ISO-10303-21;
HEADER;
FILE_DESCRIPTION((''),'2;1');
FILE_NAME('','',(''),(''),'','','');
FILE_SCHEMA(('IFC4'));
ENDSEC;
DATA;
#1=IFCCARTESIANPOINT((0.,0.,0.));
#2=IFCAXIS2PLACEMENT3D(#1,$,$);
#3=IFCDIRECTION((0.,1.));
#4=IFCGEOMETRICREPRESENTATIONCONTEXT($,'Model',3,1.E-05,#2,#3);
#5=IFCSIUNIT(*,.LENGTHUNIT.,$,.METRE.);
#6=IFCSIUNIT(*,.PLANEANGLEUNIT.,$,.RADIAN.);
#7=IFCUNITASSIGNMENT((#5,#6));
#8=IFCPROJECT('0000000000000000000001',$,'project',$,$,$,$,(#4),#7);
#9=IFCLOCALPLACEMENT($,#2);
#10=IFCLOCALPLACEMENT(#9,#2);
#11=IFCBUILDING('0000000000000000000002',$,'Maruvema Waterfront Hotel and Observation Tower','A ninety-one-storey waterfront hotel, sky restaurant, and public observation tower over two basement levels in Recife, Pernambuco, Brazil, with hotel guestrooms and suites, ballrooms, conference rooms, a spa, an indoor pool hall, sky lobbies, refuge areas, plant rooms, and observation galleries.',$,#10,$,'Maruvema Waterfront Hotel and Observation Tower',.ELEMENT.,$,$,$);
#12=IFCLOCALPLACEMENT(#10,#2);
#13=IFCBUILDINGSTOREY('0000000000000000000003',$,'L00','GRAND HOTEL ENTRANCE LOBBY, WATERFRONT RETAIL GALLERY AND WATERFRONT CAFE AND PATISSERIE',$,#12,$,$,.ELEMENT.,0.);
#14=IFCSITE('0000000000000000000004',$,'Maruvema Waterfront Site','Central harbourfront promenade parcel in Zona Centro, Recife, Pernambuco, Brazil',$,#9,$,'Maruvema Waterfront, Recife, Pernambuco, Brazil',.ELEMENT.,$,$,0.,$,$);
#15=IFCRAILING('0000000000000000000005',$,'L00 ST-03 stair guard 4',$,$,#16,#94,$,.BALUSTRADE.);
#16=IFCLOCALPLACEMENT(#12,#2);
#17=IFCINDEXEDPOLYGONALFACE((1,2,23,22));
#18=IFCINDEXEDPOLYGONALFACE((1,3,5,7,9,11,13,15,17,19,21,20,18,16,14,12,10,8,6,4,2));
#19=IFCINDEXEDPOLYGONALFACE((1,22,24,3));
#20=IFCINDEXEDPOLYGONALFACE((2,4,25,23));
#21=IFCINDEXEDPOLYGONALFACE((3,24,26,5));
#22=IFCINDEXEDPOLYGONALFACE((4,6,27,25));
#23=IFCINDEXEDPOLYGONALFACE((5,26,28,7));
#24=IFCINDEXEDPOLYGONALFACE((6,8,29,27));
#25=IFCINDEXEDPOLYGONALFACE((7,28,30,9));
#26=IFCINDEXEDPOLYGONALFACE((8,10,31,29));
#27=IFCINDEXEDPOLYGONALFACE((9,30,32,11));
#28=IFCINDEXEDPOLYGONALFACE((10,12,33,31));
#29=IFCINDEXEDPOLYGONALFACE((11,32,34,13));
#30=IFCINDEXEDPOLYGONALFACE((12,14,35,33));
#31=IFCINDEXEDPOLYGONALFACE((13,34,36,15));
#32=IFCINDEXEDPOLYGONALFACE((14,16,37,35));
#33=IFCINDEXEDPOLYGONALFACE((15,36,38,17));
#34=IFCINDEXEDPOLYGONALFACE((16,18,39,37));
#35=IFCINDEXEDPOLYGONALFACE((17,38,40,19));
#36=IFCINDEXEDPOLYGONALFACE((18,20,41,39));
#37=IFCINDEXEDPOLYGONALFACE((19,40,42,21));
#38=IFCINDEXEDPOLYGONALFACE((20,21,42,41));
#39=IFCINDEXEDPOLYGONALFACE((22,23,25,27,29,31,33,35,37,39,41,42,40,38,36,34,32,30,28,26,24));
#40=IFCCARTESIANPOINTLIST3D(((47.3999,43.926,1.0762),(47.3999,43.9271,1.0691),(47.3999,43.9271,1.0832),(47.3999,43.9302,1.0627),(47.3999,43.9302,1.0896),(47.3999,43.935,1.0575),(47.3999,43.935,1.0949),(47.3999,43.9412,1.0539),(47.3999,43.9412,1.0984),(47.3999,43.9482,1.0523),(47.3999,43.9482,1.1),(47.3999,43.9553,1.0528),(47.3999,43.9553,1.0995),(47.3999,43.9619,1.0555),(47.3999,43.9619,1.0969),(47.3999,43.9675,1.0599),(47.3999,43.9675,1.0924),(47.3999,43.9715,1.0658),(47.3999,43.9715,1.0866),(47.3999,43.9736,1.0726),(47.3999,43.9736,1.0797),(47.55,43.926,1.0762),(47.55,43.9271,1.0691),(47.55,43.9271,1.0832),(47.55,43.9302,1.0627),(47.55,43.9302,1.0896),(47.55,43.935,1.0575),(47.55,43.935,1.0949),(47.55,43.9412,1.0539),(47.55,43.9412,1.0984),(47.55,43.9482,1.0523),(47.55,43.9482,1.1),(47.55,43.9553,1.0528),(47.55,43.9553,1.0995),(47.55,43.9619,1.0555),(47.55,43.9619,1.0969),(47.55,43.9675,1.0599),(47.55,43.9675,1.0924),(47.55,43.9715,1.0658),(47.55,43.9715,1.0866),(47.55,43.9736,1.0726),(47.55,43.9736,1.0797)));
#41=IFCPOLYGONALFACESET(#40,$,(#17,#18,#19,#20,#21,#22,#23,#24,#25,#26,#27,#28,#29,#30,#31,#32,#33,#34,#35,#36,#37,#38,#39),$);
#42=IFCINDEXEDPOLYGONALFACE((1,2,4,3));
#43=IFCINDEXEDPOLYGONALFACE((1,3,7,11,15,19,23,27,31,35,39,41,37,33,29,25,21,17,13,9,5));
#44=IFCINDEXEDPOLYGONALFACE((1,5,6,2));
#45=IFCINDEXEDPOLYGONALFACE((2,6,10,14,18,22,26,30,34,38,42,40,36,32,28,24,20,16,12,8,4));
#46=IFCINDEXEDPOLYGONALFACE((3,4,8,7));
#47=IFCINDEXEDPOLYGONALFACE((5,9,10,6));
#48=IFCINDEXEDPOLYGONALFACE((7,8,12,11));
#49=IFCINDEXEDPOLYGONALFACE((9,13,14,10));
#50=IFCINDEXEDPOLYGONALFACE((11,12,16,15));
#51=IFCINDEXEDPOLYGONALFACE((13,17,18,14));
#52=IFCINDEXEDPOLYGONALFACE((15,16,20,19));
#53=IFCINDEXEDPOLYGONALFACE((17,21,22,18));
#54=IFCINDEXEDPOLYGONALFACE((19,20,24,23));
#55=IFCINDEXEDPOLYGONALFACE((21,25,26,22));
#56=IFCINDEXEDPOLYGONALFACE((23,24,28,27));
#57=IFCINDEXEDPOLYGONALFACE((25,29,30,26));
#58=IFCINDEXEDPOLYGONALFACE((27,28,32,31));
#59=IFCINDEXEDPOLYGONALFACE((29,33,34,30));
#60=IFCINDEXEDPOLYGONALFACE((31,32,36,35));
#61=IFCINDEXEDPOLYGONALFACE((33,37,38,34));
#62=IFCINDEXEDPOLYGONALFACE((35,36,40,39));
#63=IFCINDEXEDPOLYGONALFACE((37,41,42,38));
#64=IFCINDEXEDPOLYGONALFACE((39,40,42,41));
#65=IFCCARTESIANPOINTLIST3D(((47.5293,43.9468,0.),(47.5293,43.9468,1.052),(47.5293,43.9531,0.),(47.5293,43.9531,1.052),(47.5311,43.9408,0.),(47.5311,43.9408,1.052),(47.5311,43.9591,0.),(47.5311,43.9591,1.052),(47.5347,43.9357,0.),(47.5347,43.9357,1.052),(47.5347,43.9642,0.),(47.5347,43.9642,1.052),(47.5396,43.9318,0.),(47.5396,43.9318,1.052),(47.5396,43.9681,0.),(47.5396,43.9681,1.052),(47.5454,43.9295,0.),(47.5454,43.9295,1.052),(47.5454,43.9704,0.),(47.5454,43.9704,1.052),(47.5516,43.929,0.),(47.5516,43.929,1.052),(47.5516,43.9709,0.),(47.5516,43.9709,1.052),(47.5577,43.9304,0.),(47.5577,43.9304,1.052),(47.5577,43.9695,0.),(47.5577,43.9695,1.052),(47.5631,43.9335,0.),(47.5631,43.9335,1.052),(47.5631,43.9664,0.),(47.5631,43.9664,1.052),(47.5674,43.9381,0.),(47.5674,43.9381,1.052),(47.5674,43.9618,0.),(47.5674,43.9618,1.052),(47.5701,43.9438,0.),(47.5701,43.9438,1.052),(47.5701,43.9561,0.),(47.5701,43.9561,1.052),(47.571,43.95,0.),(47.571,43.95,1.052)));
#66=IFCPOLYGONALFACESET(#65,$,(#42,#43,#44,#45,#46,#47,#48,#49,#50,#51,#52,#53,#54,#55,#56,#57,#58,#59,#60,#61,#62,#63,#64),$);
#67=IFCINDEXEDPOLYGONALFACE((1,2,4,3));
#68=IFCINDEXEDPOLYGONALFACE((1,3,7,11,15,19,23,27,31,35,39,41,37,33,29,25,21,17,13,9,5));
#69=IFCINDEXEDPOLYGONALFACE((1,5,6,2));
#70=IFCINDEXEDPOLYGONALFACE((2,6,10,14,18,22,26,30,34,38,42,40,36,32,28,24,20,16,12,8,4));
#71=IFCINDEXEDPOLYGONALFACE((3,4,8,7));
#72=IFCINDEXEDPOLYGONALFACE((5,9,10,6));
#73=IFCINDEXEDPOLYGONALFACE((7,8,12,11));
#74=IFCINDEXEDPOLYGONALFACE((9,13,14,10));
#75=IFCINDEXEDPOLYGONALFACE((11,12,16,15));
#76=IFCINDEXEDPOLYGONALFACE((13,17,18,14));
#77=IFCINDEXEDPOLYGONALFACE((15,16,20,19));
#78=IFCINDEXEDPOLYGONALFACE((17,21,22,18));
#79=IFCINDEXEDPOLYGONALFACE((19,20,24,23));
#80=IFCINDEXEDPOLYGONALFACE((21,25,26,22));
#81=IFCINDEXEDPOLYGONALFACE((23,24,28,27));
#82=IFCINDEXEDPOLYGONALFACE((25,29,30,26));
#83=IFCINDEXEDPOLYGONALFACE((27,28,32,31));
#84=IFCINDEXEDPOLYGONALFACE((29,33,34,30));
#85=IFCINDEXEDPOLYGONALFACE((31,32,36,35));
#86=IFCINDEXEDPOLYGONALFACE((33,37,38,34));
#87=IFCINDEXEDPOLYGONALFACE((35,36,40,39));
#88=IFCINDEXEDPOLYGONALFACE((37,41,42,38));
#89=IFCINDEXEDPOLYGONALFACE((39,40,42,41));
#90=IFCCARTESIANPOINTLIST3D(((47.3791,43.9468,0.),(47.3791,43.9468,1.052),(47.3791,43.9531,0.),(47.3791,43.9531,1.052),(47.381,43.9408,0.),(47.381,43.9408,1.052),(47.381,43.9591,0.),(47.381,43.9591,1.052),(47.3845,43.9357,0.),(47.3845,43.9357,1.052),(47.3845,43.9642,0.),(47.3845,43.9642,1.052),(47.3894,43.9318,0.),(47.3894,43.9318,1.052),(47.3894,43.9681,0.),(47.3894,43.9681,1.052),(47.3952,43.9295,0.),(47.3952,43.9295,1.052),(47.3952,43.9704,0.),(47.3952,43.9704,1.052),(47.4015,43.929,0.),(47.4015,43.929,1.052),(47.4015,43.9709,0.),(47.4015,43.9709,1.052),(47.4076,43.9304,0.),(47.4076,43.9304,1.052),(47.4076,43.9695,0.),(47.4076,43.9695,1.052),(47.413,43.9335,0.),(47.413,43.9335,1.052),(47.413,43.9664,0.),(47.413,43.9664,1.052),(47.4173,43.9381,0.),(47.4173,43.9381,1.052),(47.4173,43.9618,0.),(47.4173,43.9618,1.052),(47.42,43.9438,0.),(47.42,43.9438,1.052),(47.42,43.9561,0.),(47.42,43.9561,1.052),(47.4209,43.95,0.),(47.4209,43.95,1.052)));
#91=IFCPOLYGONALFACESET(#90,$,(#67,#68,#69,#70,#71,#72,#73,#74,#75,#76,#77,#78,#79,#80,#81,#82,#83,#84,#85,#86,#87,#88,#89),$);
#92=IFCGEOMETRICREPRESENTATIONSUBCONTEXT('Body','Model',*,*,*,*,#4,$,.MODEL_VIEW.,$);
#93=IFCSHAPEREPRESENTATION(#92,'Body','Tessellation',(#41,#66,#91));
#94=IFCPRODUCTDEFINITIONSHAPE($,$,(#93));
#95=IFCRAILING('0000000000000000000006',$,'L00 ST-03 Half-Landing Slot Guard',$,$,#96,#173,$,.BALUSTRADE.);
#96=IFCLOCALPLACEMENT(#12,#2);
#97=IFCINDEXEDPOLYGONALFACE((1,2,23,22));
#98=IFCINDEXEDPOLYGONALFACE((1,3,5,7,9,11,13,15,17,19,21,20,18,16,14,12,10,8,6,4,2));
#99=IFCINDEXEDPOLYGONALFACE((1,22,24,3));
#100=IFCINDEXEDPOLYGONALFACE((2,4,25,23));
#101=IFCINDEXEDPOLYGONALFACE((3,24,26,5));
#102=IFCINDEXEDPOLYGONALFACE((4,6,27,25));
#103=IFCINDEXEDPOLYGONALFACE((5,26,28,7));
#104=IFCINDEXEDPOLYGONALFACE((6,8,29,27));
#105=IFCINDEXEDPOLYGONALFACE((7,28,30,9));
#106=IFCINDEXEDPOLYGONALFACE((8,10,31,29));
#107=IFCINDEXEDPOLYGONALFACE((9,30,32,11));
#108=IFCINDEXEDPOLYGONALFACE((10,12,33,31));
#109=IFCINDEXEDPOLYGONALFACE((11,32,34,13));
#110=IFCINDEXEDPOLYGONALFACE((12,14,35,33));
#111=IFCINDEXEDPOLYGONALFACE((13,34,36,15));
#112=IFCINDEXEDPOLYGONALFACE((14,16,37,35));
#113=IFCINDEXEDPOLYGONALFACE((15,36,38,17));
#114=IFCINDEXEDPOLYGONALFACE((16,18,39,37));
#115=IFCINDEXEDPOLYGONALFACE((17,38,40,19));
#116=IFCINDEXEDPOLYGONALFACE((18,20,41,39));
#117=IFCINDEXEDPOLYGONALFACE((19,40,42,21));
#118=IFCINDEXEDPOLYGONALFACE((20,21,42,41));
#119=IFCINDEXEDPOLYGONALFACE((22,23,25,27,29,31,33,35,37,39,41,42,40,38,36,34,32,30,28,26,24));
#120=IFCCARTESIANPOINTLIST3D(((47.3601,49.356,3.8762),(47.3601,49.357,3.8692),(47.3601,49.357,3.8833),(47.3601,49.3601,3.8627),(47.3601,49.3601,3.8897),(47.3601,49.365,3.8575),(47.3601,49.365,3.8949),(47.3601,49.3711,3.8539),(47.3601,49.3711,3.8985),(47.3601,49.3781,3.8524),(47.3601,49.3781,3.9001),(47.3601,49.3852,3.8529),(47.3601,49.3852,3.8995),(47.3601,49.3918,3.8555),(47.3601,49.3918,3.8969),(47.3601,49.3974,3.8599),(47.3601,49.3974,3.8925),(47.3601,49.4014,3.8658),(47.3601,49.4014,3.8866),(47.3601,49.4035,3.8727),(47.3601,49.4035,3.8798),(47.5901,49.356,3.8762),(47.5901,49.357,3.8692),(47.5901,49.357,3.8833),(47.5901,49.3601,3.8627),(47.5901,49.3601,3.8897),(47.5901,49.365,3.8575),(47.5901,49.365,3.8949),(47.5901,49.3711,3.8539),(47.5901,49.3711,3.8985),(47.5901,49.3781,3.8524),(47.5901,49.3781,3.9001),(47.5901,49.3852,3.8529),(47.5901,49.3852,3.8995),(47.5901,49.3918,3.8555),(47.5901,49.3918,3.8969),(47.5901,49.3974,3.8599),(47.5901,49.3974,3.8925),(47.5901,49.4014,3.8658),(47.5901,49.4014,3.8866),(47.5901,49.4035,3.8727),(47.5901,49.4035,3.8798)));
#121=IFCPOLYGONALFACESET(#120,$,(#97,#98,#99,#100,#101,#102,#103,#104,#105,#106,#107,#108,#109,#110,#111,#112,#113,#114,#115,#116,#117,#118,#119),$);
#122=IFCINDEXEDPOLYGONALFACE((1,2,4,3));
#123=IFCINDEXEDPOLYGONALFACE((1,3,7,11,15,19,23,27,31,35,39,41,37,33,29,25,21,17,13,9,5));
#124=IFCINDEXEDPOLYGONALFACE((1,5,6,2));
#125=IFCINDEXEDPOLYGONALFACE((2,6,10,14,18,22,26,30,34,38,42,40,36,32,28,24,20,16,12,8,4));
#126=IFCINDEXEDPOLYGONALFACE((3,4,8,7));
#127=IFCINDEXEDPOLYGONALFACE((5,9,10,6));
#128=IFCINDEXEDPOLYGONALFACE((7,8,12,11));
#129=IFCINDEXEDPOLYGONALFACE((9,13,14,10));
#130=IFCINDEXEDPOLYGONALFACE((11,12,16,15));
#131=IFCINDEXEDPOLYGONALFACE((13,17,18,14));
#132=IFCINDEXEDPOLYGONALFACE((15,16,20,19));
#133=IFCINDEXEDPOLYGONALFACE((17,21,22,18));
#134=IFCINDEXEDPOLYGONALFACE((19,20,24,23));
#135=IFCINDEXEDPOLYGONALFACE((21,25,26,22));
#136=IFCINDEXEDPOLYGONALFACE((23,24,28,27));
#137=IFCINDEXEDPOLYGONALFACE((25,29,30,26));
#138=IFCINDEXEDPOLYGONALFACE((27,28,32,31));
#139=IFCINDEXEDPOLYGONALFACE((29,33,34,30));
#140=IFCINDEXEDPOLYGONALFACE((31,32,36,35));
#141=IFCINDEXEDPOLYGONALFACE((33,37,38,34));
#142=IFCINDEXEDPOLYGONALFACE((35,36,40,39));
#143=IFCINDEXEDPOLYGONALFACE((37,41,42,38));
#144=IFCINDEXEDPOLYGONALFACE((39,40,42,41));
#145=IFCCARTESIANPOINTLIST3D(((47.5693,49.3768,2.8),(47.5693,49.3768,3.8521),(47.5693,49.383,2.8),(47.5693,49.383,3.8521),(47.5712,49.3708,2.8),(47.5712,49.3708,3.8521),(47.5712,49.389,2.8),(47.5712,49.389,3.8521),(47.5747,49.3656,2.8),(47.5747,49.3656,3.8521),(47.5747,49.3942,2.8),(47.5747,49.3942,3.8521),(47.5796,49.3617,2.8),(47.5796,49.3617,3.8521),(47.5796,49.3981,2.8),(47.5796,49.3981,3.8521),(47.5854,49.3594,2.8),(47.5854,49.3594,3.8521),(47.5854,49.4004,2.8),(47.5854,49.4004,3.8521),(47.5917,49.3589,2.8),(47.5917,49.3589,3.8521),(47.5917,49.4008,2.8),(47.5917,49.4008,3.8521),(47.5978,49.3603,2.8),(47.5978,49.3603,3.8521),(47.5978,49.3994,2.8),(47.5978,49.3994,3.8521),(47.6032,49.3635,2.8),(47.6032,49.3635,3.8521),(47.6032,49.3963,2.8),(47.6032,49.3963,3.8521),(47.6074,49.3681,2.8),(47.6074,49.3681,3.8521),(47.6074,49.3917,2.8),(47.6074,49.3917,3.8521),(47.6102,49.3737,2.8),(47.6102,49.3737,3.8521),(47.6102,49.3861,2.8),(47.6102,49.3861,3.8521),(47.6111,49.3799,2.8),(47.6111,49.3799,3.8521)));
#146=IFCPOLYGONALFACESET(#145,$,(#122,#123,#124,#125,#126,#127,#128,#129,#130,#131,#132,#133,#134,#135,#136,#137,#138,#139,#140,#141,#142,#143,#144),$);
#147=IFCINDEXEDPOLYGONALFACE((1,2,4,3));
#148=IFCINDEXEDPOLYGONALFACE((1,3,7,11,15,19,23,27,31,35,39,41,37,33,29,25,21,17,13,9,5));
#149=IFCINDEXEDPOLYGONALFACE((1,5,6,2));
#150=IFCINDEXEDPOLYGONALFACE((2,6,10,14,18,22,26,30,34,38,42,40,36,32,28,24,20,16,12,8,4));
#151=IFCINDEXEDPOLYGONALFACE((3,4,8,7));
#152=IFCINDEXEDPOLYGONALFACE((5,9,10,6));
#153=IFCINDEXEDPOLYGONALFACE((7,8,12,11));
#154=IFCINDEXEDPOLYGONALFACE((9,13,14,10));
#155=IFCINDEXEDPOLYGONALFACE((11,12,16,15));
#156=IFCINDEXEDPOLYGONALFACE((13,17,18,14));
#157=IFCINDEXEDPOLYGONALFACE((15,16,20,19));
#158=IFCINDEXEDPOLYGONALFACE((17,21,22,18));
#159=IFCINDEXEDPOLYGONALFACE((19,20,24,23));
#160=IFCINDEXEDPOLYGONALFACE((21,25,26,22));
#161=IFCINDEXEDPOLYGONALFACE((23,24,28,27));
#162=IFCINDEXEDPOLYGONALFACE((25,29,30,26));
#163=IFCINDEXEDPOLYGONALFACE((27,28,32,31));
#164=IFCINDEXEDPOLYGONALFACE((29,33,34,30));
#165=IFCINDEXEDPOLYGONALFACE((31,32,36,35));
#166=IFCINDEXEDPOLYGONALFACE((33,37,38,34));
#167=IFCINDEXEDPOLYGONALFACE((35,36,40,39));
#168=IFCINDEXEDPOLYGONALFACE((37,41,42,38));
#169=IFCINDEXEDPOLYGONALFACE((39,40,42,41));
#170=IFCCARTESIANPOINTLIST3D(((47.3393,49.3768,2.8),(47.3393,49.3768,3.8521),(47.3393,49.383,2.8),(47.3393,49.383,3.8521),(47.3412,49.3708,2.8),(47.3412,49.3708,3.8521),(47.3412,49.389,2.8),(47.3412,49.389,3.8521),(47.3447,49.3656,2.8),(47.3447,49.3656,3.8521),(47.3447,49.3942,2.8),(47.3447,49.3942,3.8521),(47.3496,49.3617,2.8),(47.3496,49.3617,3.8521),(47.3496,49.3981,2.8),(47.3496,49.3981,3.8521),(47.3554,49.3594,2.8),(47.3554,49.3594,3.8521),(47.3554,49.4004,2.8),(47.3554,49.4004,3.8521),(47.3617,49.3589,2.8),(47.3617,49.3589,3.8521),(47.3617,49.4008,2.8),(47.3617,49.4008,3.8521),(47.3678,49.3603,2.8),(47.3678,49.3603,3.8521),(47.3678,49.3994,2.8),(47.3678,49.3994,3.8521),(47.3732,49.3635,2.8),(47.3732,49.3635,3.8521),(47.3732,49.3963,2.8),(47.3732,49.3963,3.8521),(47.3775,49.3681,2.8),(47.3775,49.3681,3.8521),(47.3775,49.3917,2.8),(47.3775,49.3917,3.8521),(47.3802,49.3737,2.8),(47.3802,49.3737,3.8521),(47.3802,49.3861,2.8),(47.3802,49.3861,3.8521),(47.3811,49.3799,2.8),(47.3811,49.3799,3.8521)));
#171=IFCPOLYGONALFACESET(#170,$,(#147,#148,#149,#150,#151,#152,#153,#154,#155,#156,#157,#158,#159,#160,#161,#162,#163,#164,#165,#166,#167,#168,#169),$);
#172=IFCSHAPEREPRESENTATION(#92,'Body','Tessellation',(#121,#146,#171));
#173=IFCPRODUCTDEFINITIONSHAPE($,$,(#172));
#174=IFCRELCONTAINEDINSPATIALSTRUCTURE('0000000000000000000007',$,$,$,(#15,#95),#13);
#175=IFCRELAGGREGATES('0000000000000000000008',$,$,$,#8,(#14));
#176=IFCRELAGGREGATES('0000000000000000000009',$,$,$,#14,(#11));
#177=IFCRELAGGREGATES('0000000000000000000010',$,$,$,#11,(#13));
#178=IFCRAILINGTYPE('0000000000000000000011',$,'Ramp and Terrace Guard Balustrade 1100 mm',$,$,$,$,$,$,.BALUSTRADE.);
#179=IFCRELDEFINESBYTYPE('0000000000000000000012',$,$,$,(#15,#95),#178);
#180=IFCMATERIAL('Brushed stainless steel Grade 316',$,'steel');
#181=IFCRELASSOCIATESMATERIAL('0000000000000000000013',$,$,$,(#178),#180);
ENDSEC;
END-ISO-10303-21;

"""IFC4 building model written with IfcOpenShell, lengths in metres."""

from ifc_helpers import new_model, si_unit, direction, frame, origin, origin_2d, place, context, subcontext, project, spatial, circle, extrude, material, type_object, element, save


model = new_model("IFC4")

# Units and contexts
model_context = context("Model", 3, precision=1e-05, world=origin(), true_north=direction((0.0, 1.0)))
body_context = subcontext(model_context, "Body", "Model", "MODEL_VIEW")
ifc_project = project(units=[si_unit("LENGTHUNIT", "METRE"), si_unit("PLANEANGLEUNIT", "RADIAN")], contexts=[model_context])

# Site, building, storey
site_placement = place(None, origin())
site = spatial("IfcSite", under=ifc_project, at=site_placement, Name="Maruvema Waterfront Site", Description="Central harbourfront promenade parcel in Zona Centro, Recife, Pernambuco, Brazil", LongName="Maruvema Waterfront, Recife, Pernambuco, Brazil", CompositionType="ELEMENT", RefElevation=0.0)
building_placement = place(site_placement, origin())
building = spatial("IfcBuilding", under=site, at=building_placement, Name="Maruvema Waterfront Hotel and Observation Tower", Description="A ninety-one-storey waterfront hotel, sky restaurant, and public observation tower over two basement levels in Recife, Pernambuco, Brazil, with hotel guestrooms and suites, ballrooms, conference rooms, a spa, an indoor pool hall, sky lobbies, refuge areas, plant rooms, and observation galleries.", LongName="Maruvema Waterfront Hotel and Observation Tower", CompositionType="ELEMENT")
storey_placement = place(building_placement, origin())
storey = spatial("IfcBuildingStorey", under=building, at=storey_placement, Name="L00", Description="GRAND HOTEL ENTRANCE LOBBY, WATERFRONT RETAIL GALLERY AND WATERFRONT CAFE AND PATISSERIE", CompositionType="ELEMENT", Elevation=0.0)

# Railings
ifc_material_1 = material(Name="Brushed stainless steel Grade 316", Category="steel")
railing_type_1 = type_object("IfcRailingType", Name="Ramp and Terrace Guard Balustrade 1100 mm", PredefinedType="BALUSTRADE", material=ifc_material_1)
railing_1_placement = place(storey_placement, frame((47.55, 43.95, 0.0)))
element("IfcRailing", 1, at=railing_1_placement, inside=storey, type_object=railing_type_1, Name="L00 ST-03 stair guard 4", PredefinedType="BALUSTRADE", context=body_context, shape_type="SweptSolid", body=[
    extrude(circle(Radius=0.0239, at=origin_2d()), frame((0.0, 0.0, 1.0762), z_axis=(-1.0, 0.0, 0.0), x_axis=(0.0, -1.0, 0.0)), (0.0, 0.0, 1.0), 0.1501),
    extrude(circle(Radius=0.021, at=origin_2d()), origin(), (0.0, 0.0, 1.0), 1.052),
    extrude(circle(Radius=0.021, at=origin_2d()), frame((-0.1501, 0.0, 0.0)), (0.0, 0.0, 1.0), 1.052),
])
railing_2_placement = place(storey_placement, frame((47.5901, 49.3799, 2.8)))
element("IfcRailing", 2, at=railing_2_placement, inside=storey, type_object=railing_type_1, Name="L00 ST-03 Half-Landing Slot Guard", PredefinedType="BALUSTRADE", context=body_context, shape_type="SweptSolid", body=[
    extrude(circle(Radius=0.0239, at=origin_2d()), frame((0.0, 0.0, 1.0762), z_axis=(-1.0, 0.0, 0.0), x_axis=(0.0, -1.0, 0.0)), (0.0, 0.0, 1.0), 0.23),
    extrude(circle(Radius=0.021, at=origin_2d()), origin(), (0.0, 0.0, 1.0), 1.052),
    extrude(circle(Radius=0.021, at=origin_2d()), frame((-0.23, 0.0, 0.0)), (0.0, 0.0, 1.0), 1.052),
])

save(model, "model.ifc")
